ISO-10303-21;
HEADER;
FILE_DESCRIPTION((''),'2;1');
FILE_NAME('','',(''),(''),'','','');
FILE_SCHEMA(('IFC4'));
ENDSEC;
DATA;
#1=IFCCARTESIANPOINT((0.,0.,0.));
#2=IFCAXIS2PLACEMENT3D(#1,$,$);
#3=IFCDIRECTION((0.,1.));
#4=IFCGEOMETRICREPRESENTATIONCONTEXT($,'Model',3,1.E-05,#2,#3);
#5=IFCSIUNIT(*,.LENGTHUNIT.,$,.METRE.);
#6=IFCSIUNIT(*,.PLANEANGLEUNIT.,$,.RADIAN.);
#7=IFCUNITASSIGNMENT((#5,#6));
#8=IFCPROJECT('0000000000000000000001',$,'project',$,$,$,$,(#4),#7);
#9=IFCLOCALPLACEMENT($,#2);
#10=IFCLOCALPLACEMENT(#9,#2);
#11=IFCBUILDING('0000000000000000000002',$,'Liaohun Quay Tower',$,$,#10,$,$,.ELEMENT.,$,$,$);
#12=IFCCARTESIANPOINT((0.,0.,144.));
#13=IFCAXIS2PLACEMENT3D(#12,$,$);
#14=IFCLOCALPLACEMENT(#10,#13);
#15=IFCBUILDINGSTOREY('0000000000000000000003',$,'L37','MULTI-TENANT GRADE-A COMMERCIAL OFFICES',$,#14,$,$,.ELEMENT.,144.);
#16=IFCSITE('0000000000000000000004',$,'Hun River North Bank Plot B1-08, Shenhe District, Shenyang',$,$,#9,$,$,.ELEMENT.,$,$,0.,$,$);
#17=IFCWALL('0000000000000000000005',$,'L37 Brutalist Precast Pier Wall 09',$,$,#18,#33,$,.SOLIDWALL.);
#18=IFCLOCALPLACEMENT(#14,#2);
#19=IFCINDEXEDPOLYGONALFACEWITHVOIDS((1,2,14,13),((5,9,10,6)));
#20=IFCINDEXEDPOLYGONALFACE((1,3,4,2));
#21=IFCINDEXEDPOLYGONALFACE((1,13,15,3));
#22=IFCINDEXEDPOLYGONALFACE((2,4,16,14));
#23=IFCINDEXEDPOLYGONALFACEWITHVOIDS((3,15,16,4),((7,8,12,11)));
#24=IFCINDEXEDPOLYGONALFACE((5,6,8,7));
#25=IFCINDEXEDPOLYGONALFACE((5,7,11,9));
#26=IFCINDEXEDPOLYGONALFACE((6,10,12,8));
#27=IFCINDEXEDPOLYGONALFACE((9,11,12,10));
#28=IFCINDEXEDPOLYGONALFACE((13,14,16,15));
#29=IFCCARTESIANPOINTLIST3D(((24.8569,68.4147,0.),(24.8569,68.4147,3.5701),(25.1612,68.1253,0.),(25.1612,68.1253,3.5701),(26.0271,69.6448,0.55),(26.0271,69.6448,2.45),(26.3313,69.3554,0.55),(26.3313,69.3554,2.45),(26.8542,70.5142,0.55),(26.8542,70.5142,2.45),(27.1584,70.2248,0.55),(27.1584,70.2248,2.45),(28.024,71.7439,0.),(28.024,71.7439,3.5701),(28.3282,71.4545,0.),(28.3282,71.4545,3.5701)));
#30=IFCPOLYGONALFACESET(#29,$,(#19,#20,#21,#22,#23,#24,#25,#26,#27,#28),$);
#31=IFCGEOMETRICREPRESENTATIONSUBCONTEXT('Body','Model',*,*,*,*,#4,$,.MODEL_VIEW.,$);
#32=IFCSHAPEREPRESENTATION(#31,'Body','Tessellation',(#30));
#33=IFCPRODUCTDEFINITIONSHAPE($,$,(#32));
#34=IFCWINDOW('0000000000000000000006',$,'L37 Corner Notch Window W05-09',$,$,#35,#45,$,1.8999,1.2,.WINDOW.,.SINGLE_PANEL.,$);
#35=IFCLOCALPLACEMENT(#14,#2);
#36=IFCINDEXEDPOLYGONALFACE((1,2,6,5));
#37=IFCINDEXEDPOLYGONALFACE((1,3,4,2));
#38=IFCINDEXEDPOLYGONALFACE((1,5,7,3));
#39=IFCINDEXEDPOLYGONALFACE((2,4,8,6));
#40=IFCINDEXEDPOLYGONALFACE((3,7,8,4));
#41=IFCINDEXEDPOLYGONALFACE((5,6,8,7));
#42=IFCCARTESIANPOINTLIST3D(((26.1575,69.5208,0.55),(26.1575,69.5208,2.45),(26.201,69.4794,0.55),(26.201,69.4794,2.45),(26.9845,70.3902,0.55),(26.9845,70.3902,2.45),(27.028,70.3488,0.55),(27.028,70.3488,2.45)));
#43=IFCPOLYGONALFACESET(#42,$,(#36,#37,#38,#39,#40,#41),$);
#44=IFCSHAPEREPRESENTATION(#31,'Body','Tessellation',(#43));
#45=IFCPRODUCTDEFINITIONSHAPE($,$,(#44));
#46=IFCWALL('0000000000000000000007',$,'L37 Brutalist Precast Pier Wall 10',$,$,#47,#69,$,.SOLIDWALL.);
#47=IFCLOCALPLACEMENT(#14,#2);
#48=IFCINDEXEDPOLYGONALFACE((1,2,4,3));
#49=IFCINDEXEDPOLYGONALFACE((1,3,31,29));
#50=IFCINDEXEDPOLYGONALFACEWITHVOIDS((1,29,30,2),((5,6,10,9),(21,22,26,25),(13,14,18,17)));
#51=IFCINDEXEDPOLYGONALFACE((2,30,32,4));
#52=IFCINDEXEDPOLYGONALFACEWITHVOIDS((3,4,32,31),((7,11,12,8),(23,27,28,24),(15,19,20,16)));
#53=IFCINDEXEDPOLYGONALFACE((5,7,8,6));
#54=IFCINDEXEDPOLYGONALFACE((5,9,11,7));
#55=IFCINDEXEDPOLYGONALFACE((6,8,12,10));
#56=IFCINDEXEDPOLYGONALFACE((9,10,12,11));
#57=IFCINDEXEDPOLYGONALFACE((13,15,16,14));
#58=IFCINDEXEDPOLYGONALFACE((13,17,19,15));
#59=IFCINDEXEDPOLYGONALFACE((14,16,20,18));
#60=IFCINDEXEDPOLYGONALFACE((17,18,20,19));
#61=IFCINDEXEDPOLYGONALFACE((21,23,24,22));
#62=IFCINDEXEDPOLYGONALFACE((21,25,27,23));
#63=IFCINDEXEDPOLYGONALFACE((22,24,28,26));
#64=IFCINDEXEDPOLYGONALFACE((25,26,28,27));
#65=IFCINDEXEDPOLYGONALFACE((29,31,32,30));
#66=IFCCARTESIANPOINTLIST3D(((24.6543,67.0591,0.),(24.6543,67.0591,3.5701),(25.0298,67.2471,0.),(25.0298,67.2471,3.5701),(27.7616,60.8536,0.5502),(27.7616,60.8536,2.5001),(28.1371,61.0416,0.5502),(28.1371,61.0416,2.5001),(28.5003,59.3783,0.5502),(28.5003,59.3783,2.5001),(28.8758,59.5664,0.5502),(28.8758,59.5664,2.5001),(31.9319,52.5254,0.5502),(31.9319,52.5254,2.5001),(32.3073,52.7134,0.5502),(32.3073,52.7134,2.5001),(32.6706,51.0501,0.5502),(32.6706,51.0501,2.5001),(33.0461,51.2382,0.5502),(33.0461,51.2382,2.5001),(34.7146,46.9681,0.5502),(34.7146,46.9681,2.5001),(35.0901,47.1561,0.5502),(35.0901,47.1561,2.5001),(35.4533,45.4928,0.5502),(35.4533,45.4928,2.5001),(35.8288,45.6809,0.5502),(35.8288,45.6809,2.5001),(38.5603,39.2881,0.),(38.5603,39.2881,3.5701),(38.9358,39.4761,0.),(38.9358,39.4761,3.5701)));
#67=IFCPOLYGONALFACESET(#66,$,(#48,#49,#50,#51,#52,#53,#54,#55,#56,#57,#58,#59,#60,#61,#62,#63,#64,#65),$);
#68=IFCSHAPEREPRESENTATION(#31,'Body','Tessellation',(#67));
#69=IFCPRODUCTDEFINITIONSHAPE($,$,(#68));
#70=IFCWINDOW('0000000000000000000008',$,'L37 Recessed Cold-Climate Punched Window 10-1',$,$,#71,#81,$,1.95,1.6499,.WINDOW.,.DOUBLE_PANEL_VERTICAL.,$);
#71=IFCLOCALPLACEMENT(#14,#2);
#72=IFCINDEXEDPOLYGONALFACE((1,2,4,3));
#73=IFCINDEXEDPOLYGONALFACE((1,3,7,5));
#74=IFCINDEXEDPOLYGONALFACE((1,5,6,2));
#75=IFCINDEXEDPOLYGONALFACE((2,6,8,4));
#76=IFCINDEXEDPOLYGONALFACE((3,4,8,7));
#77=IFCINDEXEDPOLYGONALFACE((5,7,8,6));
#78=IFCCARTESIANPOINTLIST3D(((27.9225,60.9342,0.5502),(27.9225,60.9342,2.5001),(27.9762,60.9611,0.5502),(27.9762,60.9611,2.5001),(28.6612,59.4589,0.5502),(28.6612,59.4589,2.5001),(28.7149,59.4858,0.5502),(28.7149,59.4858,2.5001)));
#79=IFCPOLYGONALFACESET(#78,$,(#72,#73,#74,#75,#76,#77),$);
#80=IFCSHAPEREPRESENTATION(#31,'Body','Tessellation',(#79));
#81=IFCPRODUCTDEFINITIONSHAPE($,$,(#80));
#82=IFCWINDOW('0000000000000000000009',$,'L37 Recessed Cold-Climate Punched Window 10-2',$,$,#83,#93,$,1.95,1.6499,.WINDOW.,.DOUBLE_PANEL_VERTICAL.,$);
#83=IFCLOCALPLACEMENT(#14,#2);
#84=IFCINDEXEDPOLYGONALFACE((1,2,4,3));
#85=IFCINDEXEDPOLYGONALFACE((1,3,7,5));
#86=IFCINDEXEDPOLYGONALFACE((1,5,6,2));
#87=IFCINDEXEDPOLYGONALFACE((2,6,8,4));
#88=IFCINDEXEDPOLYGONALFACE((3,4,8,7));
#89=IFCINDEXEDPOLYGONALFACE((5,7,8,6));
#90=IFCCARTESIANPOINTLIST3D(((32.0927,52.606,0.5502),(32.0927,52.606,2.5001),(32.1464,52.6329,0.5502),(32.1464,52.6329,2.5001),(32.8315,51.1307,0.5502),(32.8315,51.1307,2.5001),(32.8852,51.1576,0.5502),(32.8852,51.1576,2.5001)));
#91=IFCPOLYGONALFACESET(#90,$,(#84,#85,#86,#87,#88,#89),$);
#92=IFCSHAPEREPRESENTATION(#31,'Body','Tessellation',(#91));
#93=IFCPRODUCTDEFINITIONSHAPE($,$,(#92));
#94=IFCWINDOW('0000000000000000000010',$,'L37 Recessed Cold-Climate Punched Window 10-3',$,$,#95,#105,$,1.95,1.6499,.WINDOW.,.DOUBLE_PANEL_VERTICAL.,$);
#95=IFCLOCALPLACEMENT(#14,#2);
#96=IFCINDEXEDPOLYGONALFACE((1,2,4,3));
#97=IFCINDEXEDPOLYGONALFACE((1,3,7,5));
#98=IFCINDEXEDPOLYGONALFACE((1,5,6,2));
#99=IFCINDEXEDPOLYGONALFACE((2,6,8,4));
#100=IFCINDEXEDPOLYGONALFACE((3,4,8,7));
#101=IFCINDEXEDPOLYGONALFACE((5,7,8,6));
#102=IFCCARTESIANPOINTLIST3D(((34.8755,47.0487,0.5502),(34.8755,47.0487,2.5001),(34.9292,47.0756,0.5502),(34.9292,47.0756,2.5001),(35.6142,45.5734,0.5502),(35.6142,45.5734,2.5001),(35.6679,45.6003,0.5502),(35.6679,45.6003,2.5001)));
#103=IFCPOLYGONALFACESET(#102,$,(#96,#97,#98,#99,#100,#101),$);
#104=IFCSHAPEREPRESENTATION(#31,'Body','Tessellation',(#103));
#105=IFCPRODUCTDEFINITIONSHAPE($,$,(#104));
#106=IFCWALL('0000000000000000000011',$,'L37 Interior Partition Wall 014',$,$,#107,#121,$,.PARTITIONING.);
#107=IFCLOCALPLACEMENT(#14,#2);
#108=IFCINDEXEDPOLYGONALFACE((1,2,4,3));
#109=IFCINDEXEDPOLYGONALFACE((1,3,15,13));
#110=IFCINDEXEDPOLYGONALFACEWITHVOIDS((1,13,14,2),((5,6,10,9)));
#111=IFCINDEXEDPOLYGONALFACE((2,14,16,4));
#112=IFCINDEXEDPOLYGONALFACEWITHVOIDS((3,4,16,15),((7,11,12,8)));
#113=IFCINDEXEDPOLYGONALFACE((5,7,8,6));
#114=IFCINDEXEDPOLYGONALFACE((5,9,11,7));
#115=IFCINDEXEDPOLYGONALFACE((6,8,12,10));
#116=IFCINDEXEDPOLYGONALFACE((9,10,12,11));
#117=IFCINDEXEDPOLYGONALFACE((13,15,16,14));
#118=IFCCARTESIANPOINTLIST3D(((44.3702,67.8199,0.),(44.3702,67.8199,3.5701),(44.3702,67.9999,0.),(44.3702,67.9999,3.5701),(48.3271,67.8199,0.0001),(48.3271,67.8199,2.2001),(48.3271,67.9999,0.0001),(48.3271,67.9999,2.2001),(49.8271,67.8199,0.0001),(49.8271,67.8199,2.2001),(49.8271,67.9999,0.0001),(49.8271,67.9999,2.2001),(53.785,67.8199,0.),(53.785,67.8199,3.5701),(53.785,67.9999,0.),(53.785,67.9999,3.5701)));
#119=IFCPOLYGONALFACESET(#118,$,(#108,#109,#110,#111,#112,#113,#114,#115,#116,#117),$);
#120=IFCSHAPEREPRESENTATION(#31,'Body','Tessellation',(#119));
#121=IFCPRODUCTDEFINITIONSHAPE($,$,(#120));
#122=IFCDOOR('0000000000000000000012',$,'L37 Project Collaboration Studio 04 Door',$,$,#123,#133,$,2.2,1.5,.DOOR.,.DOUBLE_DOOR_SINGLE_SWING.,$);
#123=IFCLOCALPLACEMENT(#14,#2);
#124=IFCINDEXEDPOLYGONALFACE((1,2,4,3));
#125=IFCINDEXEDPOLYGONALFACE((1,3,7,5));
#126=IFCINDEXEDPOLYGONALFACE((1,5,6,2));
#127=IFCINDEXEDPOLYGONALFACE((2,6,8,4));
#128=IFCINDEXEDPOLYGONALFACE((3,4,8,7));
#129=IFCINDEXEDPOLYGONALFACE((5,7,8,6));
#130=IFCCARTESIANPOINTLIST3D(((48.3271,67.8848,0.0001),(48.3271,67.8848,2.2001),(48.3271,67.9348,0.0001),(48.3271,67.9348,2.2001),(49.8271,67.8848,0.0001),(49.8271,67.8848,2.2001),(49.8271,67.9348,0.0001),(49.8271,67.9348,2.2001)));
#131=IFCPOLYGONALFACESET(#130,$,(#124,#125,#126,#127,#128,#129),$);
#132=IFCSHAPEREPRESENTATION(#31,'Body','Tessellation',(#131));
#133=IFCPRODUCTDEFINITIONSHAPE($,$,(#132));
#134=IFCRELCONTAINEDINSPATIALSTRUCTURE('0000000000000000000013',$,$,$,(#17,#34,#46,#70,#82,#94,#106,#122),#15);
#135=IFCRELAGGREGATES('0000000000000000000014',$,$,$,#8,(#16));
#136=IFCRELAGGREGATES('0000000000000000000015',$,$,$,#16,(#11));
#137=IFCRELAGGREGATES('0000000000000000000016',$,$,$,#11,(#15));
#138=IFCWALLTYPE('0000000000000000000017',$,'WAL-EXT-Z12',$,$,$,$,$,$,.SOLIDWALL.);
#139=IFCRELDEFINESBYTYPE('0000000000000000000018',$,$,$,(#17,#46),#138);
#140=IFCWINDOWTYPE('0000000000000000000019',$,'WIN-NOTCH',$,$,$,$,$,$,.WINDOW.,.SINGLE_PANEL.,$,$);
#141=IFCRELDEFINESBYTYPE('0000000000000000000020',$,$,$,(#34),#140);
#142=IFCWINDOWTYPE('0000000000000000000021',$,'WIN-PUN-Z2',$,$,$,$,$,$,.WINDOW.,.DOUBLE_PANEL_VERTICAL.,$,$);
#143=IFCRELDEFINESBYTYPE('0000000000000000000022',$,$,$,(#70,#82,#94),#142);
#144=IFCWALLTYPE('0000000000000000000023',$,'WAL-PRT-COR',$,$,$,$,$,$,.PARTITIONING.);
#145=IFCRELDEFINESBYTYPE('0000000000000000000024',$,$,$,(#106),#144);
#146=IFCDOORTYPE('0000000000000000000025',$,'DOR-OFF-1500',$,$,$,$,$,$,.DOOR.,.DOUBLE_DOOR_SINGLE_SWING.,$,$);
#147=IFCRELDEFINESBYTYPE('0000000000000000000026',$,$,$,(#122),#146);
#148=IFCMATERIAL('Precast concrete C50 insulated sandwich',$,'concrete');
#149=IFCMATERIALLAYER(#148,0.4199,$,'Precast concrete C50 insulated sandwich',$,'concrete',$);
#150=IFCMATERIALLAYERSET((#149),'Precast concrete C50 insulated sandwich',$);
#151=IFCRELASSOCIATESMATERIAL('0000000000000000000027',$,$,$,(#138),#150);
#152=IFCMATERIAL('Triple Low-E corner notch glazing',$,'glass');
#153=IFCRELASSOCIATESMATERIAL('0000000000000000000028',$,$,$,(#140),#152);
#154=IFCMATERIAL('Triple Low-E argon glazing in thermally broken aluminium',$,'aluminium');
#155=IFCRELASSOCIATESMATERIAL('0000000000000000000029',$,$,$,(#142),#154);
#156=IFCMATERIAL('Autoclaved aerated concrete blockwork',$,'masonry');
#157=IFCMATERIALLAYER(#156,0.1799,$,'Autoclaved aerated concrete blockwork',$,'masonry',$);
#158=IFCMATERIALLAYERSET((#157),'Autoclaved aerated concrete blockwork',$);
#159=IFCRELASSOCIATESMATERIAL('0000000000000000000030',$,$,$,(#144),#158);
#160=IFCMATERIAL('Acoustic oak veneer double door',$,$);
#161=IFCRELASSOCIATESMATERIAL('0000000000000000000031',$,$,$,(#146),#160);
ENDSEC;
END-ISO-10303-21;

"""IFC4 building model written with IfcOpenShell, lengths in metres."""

from ifc_helpers import new_model, si_unit, direction, frame, frame_2d, origin, place, context, subcontext, project, spatial, rectangle, extrude, source, transform, mapped, material, layer, layer_set, type_object, element, fill, save


model = new_model("IFC4")

# Units and contexts
model_context = context("Model", 3, precision=1e-05, world=origin(), true_north=direction((0.0, 1.0)))
body_context = subcontext(model_context, "Body", "Model", "MODEL_VIEW")
ifc_project = project(units=[si_unit("LENGTHUNIT", "METRE"), si_unit("PLANEANGLEUNIT", "RADIAN")], contexts=[model_context])

# Site, building, storey
site_placement = place(None, origin())
site = spatial("IfcSite", under=ifc_project, at=site_placement, Name="Hun River North Bank Plot B1-08, Shenhe District, Shenyang", CompositionType="ELEMENT", RefElevation=0.0)
building_placement = place(site_placement, origin())
building = spatial("IfcBuilding", under=site, at=building_placement, Name="Liaohun Quay Tower", CompositionType="ELEMENT")
storey_placement = place(building_placement, frame((0.0, 0.0, 144.0)))
storey = spatial("IfcBuildingStorey", under=building, at=storey_placement, Name="L37", Description="MULTI-TENANT GRADE-A COMMERCIAL OFFICES", CompositionType="ELEMENT", Elevation=144.0)

# Wall, opening, window
ifc_material_1 = material(Name="Precast concrete C50 insulated sandwich", Category="concrete")
ifc_layer_1 = layer(ifc_material_1, 0.4199, Name="Precast concrete C50 insulated sandwich", Category="concrete")
ifc_layer_set_1 = layer_set([ifc_layer_1], Name="Precast concrete C50 insulated sandwich")
wall_type_1 = type_object("IfcWallType", Name="WAL-EXT-Z12", PredefinedType="SOLIDWALL", material=ifc_layer_set_1)
shared_shape_1 = source(origin(), body_context, "Body", "SweptSolid", [
    extrude(rectangle(XDim=1.2, YDim=1.8999, at=frame_2d((0.6001, 0.95))), frame((0.0, 0.22, 0.0), z_axis=(0.0, -1.0, 0.0), x_axis=(1.0, 0.0, 0.0)), (0.0, 0.0, 1.0), 0.4399),
])
ifc_material_2 = material(Name="Triple Low-E corner notch glazing", Category="glass")
window_type_1 = type_object("IfcWindowType", Name="WIN-NOTCH", PartitioningType="SINGLE_PANEL", PredefinedType="WINDOW", material=ifc_material_2)
shared_shape_2 = source(origin(), body_context, "Body", "SweptSolid", [
    extrude(rectangle(XDim=1.2, YDim=1.8999, at=frame_2d((0.6001, 0.95))), frame((0.0, 0.03, 0.0), z_axis=(0.0, -1.0, 0.0), x_axis=(1.0, 0.0, 0.0)), (0.0, 0.0, 1.0), 0.0601),
])
wall_1_placement = place(storey_placement, frame((28.176, 71.5991, 0.0), z_axis=(0.0, 0.0, 1.0), x_axis=(-0.689246, -0.724527, 0.0)))
wall_1 = element("IfcWall", 1, at=wall_1_placement, inside=storey, type_object=wall_type_1, Name="L37 Brutalist Precast Pier Wall 09", PredefinedType="SOLIDWALL", context=body_context, shape_type="SweptSolid", body=[
    extrude(rectangle(XDim=4.595, YDim=0.4199, at=frame_2d((2.2974, 0.0))), origin(), (0.0, 0.0, 1.0), 3.5701),
])
opening_1_placement = place(wall_1_placement, frame((1.697, 0.0, 0.55)))
opening_1 = element("IfcOpeningElement", 2, at=opening_1_placement, cuts=wall_1, PredefinedType="OPENING", context=body_context, shape_type="MappedRepresentation", body=[
    mapped(shared_shape_1, transform((0.0, 0.0, 0.0), x_axis=(1.0, 0.0, 0.0), y_axis=(0.0, 1.0, 0.0), z_axis=(0.0, 0.0, 1.0), scale=1.0)),
])
window_1_placement = place(opening_1_placement, origin())
window_1 = element("IfcWindow", 3, at=window_1_placement, inside=storey, type_object=window_type_1, Name="L37 Corner Notch Window W05-09", OverallHeight=1.8999, OverallWidth=1.2, PartitioningType="SINGLE_PANEL", PredefinedType="WINDOW", context=body_context, shape_type="MappedRepresentation", body=[
    mapped(shared_shape_2, transform((0.0, 0.0, 0.0), x_axis=(1.0, 0.0, 0.0), y_axis=(0.0, 1.0, 0.0), z_axis=(0.0, 0.0, 1.0), scale=1.0)),
])
fill(opening_1, window_1)

# Wall, openings, windows
wall_2_placement = place(storey_placement, frame((24.842, 67.1531, 0.0), z_axis=(0.0, 0.0, 1.0), x_axis=(0.447742, -0.894163, 0.0)))
wall_2 = element("IfcWall", 4, at=wall_2_placement, inside=storey, type_object=wall_type_1, Name="L37 Brutalist Precast Pier Wall 10", PredefinedType="SOLIDWALL", context=body_context, shape_type="SweptSolid", body=[
    extrude(rectangle(XDim=31.0581, YDim=0.4199, at=frame_2d((15.5291, 0.0))), origin(), (0.0, 0.0, 1.0), 3.5701),
])
shared_shape_3 = source(origin(), body_context, "Body", "SweptSolid", [
    extrude(rectangle(XDim=1.6499, YDim=1.95, at=frame_2d((0.825, 0.9751))), frame((0.0, 0.22, 0.0), z_axis=(0.0, -1.0, 0.0), x_axis=(1.0, 0.0, 0.0)), (0.0, 0.0, 1.0), 0.4399),
])
opening_2_placement = place(wall_2_placement, frame((6.9399, 0.0, 0.55)))
opening_2 = element("IfcOpeningElement", 5, at=opening_2_placement, cuts=wall_2, PredefinedType="OPENING", context=body_context, shape_type="MappedRepresentation", body=[
    mapped(shared_shape_3, transform((0.0, 0.0, 0.0), x_axis=(1.0, 0.0, 0.0), y_axis=(0.0, 1.0, 0.0), z_axis=(0.0, 0.0, 1.0), scale=1.0)),
])
opening_3_placement = place(wall_2_placement, frame((16.2539, 0.0, 0.55)))
opening_3 = element("IfcOpeningElement", 6, at=opening_3_placement, cuts=wall_2, PredefinedType="OPENING", context=body_context, shape_type="MappedRepresentation", body=[
    mapped(shared_shape_3, transform((0.0, 0.0, 0.0), x_axis=(1.0, 0.0, 0.0), y_axis=(0.0, 1.0, 0.0), z_axis=(0.0, 0.0, 1.0), scale=1.0)),
])
opening_4_placement = place(wall_2_placement, frame((22.469, 0.0, 0.55)))
opening_4 = element("IfcOpeningElement", 7, at=opening_4_placement, cuts=wall_2, PredefinedType="OPENING", context=body_context, shape_type="MappedRepresentation", body=[
    mapped(shared_shape_3, transform((0.0, 0.0, 0.0), x_axis=(1.0, 0.0, 0.0), y_axis=(0.0, 1.0, 0.0), z_axis=(0.0, 0.0, 1.0), scale=1.0)),
])
ifc_material_3 = material(Name="Triple Low-E argon glazing in thermally broken aluminium", Category="aluminium")
window_type_2 = type_object("IfcWindowType", Name="WIN-PUN-Z2", PartitioningType="DOUBLE_PANEL_VERTICAL", PredefinedType="WINDOW", material=ifc_material_3)
shared_shape_4 = source(origin(), body_context, "Body", "SweptSolid", [
    extrude(rectangle(XDim=1.6499, YDim=1.95, at=frame_2d((0.825, 0.9751))), frame((0.0, 0.03, 0.0), z_axis=(0.0, -1.0, 0.0), x_axis=(1.0, 0.0, 0.0)), (0.0, 0.0, 1.0), 0.0601),
])
window_2_placement = place(opening_2_placement, origin())
window_2 = element("IfcWindow", 8, at=window_2_placement, inside=storey, type_object=window_type_2, Name="L37 Recessed Cold-Climate Punched Window 10-1", OverallHeight=1.95, OverallWidth=1.6499, PartitioningType="DOUBLE_PANEL_VERTICAL", PredefinedType="WINDOW", context=body_context, shape_type="MappedRepresentation", body=[
    mapped(shared_shape_4, transform((0.0, 0.0, 0.0), x_axis=(1.0, 0.0, 0.0), y_axis=(0.0, 1.0, 0.0), z_axis=(0.0, 0.0, 1.0), scale=1.0)),
])
fill(opening_2, window_2)
window_3_placement = place(opening_3_placement, origin())
window_3 = element("IfcWindow", 9, at=window_3_placement, inside=storey, type_object=window_type_2, Name="L37 Recessed Cold-Climate Punched Window 10-2", OverallHeight=1.95, OverallWidth=1.6499, PartitioningType="DOUBLE_PANEL_VERTICAL", PredefinedType="WINDOW", context=body_context, shape_type="MappedRepresentation", body=[
    mapped(shared_shape_4, transform((0.0, 0.0, 0.0), x_axis=(1.0, 0.0, 0.0), y_axis=(0.0, 1.0, 0.0), z_axis=(0.0, 0.0, 1.0), scale=1.0)),
])
fill(opening_3, window_3)
window_4_placement = place(opening_4_placement, origin())
window_4 = element("IfcWindow", 10, at=window_4_placement, inside=storey, type_object=window_type_2, Name="L37 Recessed Cold-Climate Punched Window 10-3", OverallHeight=1.95, OverallWidth=1.6499, PartitioningType="DOUBLE_PANEL_VERTICAL", PredefinedType="WINDOW", context=body_context, shape_type="MappedRepresentation", body=[
    mapped(shared_shape_4, transform((0.0, 0.0, 0.0), x_axis=(1.0, 0.0, 0.0), y_axis=(0.0, 1.0, 0.0), z_axis=(0.0, 0.0, 1.0), scale=1.0)),
])
fill(opening_4, window_4)

# Wall, opening, door
ifc_material_4 = material(Name="Autoclaved aerated concrete blockwork", Category="masonry")
ifc_layer_2 = layer(ifc_material_4, 0.1799, Name="Autoclaved aerated concrete blockwork", Category="masonry")
ifc_layer_set_2 = layer_set([ifc_layer_2], Name="Autoclaved aerated concrete blockwork")
wall_type_2 = type_object("IfcWallType", Name="WAL-PRT-COR", PredefinedType="PARTITIONING", material=ifc_layer_set_2)
wall_3_placement = place(storey_placement, frame((44.3701, 67.9099, 0.0), z_axis=(0.0, 0.0, 1.0), x_axis=(1.0, 0.0, 0.0)))
wall_3 = element("IfcWall", 11, at=wall_3_placement, inside=storey, type_object=wall_type_2, Name="L37 Interior Partition Wall 014", PredefinedType="PARTITIONING", context=body_context, shape_type="SweptSolid", body=[
    extrude(rectangle(XDim=9.4148, YDim=0.1799, at=frame_2d((4.7075, 0.0))), origin(), (0.0, 0.0, 1.0), 3.5701),
])
shared_shape_5 = source(origin(), body_context, "Body", "SweptSolid", [
    extrude(rectangle(XDim=1.5, YDim=2.2, at=frame_2d((0.75, 1.1001))), frame((0.0, 0.0999, 0.0), z_axis=(0.0, -1.0, 0.0), x_axis=(1.0, 0.0, 0.0)), (0.0, 0.0, 1.0), 0.2),
])
opening_5_placement = place(wall_3_placement, frame((3.957, 0.0, 0.0)))
opening_5 = element("IfcOpeningElement", 12, at=opening_5_placement, cuts=wall_3, PredefinedType="OPENING", context=body_context, shape_type="MappedRepresentation", body=[
    mapped(shared_shape_5, transform((0.0, 0.0, 0.0), x_axis=(1.0, 0.0, 0.0), y_axis=(0.0, 1.0, 0.0), z_axis=(0.0, 0.0, 1.0), scale=1.0)),
])
ifc_material_5 = material(Name="Acoustic oak veneer double door")
door_type = type_object("IfcDoorType", Name="DOR-OFF-1500", OperationType="DOUBLE_DOOR_SINGLE_SWING", PredefinedType="DOOR", material=ifc_material_5)
shared_shape_6 = source(origin(), body_context, "Body", "SweptSolid", [
    extrude(rectangle(XDim=1.5, YDim=2.2, at=frame_2d((0.75, 1.1001))), frame((0.0, 0.0249, 0.0), z_axis=(0.0, -1.0, 0.0), x_axis=(1.0, 0.0, 0.0)), (0.0, 0.0, 1.0), 0.05),
])
door_1_placement = place(opening_5_placement, origin())
door_1 = element("IfcDoor", 13, at=door_1_placement, inside=storey, type_object=door_type, Name="L37 Project Collaboration Studio 04 Door", OperationType="DOUBLE_DOOR_SINGLE_SWING", OverallHeight=2.2, OverallWidth=1.5, PredefinedType="DOOR", context=body_context, shape_type="MappedRepresentation", body=[
    mapped(shared_shape_6, transform((0.0, 0.0, 0.0), x_axis=(1.0, 0.0, 0.0), y_axis=(0.0, 1.0, 0.0), z_axis=(0.0, 0.0, 1.0), scale=1.0)),
])
fill(opening_5, door_1)

save(model, "model.ifc")
